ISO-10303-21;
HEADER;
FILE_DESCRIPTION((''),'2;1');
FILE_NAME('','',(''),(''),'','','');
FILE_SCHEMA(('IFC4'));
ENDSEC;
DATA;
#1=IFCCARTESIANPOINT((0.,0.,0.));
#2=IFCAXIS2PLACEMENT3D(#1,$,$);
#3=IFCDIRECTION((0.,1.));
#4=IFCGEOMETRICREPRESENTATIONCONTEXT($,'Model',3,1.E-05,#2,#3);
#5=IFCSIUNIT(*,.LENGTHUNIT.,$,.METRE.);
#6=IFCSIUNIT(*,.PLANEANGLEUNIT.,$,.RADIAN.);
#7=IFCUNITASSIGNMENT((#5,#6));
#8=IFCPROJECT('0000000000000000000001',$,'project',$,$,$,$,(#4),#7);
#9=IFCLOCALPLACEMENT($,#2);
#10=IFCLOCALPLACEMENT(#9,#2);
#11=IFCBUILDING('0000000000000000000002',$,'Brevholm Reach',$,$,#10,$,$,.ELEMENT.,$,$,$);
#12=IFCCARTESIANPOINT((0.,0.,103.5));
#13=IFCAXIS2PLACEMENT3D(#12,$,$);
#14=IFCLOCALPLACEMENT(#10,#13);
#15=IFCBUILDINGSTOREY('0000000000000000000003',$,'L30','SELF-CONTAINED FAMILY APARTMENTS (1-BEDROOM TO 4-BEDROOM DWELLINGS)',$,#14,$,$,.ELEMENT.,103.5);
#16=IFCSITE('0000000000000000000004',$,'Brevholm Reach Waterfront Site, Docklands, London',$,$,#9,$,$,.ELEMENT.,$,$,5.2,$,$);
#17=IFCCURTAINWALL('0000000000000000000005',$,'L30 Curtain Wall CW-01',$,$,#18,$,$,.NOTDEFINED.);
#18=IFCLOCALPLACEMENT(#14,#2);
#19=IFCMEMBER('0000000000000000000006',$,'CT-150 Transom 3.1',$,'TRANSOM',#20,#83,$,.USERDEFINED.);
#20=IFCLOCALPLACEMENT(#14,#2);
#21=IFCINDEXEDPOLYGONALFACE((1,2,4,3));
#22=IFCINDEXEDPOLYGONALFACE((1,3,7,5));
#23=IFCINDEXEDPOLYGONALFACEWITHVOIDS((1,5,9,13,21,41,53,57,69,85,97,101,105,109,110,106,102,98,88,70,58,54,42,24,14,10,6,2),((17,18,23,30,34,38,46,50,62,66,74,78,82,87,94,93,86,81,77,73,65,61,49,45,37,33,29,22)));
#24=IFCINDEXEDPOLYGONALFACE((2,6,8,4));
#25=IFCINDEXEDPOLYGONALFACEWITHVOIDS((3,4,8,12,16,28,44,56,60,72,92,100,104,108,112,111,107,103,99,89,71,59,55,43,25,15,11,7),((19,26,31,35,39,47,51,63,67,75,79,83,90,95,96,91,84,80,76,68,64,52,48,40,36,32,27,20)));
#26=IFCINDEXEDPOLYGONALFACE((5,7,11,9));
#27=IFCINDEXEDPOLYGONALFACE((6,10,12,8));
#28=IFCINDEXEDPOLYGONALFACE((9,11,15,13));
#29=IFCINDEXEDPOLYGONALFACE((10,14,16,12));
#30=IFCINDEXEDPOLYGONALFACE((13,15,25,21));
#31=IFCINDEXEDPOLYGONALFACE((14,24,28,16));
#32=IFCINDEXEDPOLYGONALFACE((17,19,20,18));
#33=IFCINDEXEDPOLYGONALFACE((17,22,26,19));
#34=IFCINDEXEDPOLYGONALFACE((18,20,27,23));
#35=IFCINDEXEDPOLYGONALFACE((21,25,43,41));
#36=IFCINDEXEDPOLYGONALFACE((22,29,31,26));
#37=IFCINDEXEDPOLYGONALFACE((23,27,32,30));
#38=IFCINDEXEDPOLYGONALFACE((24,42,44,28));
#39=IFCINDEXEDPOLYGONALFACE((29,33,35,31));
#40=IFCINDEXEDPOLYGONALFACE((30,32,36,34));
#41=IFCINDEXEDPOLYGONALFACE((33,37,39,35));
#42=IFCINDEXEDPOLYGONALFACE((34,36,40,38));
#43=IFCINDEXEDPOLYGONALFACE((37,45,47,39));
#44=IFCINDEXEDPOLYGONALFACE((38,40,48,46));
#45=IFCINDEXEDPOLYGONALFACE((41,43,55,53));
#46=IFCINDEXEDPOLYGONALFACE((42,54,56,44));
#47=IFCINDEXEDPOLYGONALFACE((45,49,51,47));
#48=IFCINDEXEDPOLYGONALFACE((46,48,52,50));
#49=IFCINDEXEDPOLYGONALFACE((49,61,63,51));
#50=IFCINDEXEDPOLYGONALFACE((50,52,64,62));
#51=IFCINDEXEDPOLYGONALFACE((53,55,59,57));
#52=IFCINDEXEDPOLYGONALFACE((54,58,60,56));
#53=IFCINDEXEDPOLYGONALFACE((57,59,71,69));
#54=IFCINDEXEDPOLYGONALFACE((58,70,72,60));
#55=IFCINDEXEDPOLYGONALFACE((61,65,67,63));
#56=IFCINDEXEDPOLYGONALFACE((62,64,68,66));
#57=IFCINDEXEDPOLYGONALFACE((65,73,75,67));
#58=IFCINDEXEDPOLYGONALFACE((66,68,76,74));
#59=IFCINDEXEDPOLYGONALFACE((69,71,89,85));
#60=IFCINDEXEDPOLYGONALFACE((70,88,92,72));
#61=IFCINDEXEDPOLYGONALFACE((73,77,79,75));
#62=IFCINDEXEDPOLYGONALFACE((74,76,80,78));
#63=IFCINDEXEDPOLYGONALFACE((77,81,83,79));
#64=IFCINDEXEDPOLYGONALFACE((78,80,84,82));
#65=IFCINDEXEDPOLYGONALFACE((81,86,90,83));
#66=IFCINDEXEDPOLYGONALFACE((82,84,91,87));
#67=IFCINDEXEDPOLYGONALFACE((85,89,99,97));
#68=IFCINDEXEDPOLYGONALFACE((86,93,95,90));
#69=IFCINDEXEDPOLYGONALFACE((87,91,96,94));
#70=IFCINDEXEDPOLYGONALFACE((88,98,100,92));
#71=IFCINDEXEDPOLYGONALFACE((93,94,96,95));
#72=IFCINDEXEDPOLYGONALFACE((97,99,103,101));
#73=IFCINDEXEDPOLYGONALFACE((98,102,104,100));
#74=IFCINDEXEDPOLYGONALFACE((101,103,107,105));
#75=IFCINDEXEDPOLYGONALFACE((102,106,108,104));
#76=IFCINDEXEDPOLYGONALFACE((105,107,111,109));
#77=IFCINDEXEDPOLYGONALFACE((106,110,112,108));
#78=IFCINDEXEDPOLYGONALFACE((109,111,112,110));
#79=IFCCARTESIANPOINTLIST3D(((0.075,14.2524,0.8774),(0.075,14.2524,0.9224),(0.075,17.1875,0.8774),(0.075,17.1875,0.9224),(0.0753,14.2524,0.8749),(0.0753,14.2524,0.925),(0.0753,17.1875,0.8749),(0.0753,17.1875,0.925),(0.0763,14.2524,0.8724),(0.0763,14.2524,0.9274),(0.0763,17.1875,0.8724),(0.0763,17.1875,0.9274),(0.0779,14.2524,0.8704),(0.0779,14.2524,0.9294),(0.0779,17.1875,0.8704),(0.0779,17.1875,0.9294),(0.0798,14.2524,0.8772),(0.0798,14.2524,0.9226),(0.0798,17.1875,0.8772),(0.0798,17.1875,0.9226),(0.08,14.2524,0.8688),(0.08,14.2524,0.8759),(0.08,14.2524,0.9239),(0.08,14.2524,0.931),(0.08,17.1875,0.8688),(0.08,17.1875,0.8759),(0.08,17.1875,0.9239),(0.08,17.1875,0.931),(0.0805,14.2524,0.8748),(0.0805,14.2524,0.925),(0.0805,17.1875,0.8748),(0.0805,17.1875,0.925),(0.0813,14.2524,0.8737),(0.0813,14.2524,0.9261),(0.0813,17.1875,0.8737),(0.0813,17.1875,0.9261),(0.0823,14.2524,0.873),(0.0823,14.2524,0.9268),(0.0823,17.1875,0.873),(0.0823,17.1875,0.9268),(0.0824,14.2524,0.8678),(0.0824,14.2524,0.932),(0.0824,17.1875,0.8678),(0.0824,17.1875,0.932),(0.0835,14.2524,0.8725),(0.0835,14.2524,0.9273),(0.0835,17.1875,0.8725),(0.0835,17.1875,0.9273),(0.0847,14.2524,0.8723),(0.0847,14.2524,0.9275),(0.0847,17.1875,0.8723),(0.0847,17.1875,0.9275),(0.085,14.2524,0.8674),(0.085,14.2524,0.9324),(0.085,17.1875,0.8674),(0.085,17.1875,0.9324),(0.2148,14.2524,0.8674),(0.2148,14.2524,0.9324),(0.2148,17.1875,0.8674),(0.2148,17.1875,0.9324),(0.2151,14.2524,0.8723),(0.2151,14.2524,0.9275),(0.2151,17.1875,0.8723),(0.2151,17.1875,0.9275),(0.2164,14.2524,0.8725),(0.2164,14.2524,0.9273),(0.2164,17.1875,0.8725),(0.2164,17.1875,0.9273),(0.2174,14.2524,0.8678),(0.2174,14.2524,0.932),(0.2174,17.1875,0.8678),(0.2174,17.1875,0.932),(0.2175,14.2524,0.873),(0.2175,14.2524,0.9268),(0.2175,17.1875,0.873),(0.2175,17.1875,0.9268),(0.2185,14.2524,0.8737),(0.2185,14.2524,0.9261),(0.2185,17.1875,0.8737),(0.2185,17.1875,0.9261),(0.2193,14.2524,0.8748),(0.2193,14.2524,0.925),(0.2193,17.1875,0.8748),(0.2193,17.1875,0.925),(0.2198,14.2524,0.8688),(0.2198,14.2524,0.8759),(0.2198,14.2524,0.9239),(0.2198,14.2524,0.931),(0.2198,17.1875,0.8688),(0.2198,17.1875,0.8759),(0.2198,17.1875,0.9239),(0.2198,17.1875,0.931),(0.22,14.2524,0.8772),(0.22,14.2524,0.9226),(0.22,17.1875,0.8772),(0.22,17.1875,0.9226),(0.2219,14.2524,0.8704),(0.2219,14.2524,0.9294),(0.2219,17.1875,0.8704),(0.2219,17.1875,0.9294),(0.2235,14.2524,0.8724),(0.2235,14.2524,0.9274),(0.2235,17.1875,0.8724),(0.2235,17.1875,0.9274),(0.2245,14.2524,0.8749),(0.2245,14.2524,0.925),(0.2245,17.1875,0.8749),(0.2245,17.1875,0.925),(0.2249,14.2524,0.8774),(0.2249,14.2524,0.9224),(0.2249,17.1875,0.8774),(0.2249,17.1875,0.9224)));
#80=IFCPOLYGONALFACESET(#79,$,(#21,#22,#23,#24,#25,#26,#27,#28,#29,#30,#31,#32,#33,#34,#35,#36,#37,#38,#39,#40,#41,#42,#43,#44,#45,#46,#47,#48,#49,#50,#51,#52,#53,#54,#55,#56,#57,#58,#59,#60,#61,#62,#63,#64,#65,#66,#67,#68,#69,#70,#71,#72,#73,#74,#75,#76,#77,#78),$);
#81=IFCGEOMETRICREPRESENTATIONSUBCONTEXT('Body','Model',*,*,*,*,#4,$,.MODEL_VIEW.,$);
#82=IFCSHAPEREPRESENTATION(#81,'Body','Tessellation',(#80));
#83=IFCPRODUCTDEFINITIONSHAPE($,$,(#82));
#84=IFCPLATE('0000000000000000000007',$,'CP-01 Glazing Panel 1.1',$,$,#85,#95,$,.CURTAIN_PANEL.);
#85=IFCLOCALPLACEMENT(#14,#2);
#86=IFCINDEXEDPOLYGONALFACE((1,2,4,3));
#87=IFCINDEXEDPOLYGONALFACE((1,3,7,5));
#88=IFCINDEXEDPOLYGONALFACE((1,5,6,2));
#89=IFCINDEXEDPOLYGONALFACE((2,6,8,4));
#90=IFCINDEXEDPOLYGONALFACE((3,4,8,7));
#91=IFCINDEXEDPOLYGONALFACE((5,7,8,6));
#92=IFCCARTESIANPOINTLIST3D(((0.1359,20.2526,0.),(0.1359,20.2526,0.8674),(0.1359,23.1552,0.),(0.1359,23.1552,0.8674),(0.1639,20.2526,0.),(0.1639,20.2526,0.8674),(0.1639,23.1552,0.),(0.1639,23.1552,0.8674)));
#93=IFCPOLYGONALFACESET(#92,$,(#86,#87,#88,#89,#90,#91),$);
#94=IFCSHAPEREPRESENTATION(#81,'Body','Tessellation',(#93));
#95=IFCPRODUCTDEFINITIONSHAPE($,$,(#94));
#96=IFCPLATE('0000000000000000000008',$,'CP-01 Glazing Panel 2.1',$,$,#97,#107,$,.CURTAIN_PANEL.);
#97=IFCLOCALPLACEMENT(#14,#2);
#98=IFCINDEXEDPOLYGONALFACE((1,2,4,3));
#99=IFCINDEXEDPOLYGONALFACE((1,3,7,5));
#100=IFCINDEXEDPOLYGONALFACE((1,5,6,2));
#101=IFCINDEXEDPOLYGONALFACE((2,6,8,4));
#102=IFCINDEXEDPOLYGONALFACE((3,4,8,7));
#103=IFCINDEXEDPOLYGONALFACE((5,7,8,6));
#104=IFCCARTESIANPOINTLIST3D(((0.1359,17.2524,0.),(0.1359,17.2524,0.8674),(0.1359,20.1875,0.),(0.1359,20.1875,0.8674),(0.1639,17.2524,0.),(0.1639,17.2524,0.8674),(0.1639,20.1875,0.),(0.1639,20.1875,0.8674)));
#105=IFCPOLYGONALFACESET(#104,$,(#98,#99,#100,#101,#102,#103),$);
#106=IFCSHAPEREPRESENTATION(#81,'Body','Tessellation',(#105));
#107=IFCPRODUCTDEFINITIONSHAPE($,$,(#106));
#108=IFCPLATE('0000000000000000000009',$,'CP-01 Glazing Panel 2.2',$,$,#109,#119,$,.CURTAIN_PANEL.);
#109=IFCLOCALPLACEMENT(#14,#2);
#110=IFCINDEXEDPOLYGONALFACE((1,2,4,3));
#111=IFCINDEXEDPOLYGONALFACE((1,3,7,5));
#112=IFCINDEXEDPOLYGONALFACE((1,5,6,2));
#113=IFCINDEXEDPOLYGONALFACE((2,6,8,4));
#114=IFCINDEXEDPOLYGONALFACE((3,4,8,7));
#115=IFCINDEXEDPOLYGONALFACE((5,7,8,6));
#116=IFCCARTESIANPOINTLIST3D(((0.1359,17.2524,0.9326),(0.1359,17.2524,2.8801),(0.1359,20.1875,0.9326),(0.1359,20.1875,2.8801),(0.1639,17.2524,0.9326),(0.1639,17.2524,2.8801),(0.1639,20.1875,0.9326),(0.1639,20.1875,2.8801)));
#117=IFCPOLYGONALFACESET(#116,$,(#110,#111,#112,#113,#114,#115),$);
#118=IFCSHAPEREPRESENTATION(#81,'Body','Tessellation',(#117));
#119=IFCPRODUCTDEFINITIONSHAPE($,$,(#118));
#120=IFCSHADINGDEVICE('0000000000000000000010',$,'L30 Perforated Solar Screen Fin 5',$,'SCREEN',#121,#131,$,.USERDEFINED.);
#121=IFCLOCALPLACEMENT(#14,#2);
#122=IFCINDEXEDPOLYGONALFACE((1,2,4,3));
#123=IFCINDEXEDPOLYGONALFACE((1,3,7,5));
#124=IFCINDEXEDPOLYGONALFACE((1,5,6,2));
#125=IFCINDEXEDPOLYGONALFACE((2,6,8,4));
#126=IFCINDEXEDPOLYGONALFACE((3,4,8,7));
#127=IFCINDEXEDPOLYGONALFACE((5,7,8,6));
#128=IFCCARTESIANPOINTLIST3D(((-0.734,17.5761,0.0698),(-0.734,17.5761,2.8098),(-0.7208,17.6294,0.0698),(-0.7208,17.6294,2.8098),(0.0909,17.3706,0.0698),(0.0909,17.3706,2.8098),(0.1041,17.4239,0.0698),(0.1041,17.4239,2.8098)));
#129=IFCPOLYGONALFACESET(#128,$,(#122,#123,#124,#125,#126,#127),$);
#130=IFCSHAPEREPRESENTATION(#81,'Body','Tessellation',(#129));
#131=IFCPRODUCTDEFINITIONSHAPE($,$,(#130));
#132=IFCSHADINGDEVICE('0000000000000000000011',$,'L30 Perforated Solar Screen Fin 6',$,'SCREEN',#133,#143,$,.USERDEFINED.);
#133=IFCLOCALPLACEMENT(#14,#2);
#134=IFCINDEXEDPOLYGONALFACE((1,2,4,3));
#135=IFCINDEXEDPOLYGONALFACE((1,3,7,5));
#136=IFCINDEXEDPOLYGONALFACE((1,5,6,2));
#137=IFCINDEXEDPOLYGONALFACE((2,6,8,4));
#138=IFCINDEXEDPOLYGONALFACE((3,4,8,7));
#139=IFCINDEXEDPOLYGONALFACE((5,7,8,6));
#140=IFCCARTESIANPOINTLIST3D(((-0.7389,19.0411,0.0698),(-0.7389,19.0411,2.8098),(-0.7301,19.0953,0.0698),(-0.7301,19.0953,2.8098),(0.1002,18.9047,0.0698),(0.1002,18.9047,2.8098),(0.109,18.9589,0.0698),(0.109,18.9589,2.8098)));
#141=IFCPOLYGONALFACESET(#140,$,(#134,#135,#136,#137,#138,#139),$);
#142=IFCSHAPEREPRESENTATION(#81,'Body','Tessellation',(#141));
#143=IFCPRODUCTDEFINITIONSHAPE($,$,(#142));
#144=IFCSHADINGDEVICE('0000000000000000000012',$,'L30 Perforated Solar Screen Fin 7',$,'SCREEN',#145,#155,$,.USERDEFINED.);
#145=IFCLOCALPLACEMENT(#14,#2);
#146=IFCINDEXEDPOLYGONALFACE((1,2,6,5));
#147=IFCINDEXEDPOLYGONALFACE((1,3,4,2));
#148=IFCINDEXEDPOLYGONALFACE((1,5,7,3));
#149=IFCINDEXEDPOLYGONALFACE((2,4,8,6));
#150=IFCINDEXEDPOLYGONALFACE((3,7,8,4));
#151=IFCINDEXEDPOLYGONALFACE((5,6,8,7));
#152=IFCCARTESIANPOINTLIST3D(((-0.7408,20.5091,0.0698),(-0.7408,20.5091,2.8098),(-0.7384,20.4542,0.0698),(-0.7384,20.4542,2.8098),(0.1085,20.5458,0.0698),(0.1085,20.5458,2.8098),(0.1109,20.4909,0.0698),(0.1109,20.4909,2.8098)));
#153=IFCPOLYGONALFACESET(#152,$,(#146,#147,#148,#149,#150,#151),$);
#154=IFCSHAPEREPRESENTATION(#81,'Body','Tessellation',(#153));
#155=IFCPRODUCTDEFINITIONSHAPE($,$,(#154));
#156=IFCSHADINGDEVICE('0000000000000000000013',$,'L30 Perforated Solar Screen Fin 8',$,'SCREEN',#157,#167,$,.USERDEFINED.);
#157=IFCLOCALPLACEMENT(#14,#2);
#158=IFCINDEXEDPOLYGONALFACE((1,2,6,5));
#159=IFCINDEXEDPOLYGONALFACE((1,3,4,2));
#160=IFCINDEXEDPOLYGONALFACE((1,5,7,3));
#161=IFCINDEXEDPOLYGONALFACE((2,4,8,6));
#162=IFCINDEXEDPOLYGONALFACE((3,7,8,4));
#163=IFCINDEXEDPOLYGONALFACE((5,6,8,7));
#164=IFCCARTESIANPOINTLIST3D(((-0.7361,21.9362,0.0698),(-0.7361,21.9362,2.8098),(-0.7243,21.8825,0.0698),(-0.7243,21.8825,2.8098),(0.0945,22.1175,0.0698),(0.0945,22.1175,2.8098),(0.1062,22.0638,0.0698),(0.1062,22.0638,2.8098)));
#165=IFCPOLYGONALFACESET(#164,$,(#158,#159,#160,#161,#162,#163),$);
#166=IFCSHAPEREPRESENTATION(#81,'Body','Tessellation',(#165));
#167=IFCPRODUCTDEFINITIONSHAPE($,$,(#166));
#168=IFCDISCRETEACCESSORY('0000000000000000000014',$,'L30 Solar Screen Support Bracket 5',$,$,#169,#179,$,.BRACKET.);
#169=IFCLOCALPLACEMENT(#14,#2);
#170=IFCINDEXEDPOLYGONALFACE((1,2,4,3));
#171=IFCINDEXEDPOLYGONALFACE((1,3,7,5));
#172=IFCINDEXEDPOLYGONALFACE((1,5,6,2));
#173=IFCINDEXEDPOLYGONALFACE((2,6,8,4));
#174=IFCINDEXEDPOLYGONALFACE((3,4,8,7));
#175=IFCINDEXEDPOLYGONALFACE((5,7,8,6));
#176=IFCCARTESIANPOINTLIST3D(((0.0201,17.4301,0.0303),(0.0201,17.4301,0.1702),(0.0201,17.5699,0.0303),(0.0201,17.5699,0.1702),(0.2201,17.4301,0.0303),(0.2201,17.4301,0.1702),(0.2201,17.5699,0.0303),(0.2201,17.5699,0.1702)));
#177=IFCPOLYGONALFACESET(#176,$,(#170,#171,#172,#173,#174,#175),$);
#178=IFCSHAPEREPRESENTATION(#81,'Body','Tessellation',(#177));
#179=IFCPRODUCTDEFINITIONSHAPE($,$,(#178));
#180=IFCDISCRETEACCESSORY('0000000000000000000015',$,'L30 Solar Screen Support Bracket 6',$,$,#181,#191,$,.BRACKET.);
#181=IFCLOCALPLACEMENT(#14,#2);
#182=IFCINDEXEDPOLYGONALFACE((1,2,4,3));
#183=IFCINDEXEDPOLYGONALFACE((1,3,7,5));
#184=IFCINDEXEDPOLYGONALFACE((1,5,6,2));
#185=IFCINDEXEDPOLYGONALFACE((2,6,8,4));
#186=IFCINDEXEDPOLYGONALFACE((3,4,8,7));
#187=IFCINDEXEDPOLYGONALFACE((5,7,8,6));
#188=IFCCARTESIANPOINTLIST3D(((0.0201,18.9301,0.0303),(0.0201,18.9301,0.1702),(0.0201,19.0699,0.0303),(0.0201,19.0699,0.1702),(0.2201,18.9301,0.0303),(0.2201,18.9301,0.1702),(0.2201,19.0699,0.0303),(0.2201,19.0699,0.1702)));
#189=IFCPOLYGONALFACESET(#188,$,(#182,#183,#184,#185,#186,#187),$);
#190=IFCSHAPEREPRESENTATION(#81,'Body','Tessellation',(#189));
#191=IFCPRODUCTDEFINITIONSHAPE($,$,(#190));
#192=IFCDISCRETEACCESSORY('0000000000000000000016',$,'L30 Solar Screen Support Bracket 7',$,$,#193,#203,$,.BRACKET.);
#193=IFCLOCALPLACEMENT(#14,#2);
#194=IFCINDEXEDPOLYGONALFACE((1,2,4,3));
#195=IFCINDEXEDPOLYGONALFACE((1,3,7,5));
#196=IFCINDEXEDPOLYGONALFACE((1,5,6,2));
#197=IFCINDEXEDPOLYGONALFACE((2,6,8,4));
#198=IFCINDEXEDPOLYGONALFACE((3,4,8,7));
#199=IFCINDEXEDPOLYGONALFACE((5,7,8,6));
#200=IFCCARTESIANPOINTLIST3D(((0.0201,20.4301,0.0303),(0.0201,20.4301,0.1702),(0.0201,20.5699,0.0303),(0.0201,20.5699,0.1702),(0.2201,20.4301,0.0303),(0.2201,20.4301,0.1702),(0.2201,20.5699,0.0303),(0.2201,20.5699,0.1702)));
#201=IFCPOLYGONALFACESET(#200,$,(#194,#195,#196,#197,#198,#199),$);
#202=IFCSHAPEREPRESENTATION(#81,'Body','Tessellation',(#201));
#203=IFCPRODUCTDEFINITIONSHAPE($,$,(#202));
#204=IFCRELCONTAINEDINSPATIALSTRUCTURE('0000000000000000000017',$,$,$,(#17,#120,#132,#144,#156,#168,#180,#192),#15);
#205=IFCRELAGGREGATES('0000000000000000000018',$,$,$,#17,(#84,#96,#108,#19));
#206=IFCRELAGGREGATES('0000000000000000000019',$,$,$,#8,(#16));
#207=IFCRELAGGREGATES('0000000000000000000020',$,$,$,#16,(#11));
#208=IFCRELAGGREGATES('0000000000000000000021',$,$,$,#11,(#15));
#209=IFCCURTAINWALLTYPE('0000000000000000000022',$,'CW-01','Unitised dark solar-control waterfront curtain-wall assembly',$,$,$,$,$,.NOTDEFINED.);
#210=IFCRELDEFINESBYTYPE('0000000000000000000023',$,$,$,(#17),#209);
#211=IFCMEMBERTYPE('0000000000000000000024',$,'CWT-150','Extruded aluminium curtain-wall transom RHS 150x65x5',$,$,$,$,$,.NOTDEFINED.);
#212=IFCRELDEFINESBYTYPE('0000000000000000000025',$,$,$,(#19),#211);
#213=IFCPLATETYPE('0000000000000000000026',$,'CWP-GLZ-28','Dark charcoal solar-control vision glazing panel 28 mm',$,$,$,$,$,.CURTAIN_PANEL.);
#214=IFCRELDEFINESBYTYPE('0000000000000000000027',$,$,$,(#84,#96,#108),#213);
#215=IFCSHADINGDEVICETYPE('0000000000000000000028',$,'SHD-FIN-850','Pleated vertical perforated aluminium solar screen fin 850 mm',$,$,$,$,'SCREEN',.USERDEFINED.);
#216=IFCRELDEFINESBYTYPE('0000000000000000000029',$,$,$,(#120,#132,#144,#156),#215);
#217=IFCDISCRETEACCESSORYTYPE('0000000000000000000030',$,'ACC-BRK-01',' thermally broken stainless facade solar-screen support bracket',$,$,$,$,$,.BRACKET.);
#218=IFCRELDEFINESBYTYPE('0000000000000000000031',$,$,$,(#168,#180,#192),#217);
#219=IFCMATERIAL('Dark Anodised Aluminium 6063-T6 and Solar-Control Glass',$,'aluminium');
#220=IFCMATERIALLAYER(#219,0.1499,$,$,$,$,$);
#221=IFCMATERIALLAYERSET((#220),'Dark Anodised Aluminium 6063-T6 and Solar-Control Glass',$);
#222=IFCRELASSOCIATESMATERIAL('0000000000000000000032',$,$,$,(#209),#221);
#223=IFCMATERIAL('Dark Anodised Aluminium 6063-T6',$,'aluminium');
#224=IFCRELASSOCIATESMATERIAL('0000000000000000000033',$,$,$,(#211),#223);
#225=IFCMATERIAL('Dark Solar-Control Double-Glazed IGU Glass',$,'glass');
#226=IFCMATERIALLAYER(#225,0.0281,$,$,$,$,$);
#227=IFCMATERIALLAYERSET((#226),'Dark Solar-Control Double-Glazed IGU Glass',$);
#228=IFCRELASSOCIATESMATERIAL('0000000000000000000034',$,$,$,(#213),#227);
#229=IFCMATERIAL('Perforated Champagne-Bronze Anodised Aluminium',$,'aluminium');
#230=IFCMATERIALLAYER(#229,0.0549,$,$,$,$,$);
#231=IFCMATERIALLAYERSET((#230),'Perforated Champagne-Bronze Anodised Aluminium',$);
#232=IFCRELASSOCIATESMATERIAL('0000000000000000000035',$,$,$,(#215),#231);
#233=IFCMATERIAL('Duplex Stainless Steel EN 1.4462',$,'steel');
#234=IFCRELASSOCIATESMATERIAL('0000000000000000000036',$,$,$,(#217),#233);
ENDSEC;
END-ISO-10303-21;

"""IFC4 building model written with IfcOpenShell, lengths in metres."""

from ifc_helpers import new_model, si_unit, direction, frame, origin, origin_2d, place, context, subcontext, project, spatial, rectangle, hollow_rectangle, extrude, material, layer, layer_set, material_profile, profile_set, type_object, element, aggregate, save


model = new_model("IFC4")

# Units and contexts
model_context = context("Model", 3, precision=1e-05, world=origin(), true_north=direction((0.0, 1.0)))
body_context = subcontext(model_context, "Body", "Model", "MODEL_VIEW")
ifc_project = project(units=[si_unit("LENGTHUNIT", "METRE"), si_unit("PLANEANGLEUNIT", "RADIAN")], contexts=[model_context])

# Site, building, storey
site_placement = place(None, origin())
site = spatial("IfcSite", under=ifc_project, at=site_placement, Name="Brevholm Reach Waterfront Site, Docklands, London", CompositionType="ELEMENT", RefElevation=5.2)
building_placement = place(site_placement, origin())
building = spatial("IfcBuilding", under=site, at=building_placement, Name="Brevholm Reach", CompositionType="ELEMENT")
storey_placement = place(building_placement, frame((0.0, 0.0, 103.5)))
storey = spatial("IfcBuildingStorey", under=building, at=storey_placement, Name="L30", Description="SELF-CONTAINED FAMILY APARTMENTS (1-BEDROOM TO 4-BEDROOM DWELLINGS)", CompositionType="ELEMENT", Elevation=103.5)

# Curtain wall, member, plates
ifc_material_1 = material(Name="Dark Anodised Aluminium 6063-T6 and Solar-Control Glass", Category="aluminium")
ifc_layer_1 = layer(ifc_material_1, 0.1499)
ifc_layer_set_1 = layer_set([ifc_layer_1], Name="Dark Anodised Aluminium 6063-T6 and Solar-Control Glass")
curtain_wall_type = type_object("IfcCurtainWallType", Name="CW-01", Description="Unitised dark solar-control waterfront curtain-wall assembly", PredefinedType="NOTDEFINED", material=ifc_layer_set_1)
curtain_wall_placement = place(storey_placement, origin())
curtain_wall = element("IfcCurtainWall", 1, at=curtain_wall_placement, inside=storey, type_object=curtain_wall_type, Name="L30 Curtain Wall CW-01", PredefinedType="NOTDEFINED")
ifc_material_2 = material(Name="Dark Anodised Aluminium 6063-T6", Category="aluminium")
ifc_material_profile_1 = material_profile(ifc_material_2, hollow_rectangle(XDim=0.0649, YDim=0.1499, WallThickness=0.0049, InnerFilletRadius=0.0049, OuterFilletRadius=0.01, at=origin_2d()), Name="RHS 150x65x5")
ifc_profile_set_1 = profile_set([ifc_material_profile_1], Name="Dark Anodised Aluminium 6063-T6")
member_type_1 = type_object("IfcMemberType", Name="CWT-150", Description="Extruded aluminium curtain-wall transom RHS 150x65x5", PredefinedType="NOTDEFINED", material=ifc_profile_set_1)
member_1_placement = place(storey_placement, frame((0.1499, 17.1875, 0.8999), z_axis=(0.0, -1.0, 0.0), x_axis=(0.0, 0.0, 1.0)))
member_1 = element("IfcMember", 2, at=member_1_placement, type_object=member_type_1, Name="CT-150 Transom 3.1", ObjectType="TRANSOM", PredefinedType="USERDEFINED", context=body_context, shape_type="SweptSolid", body=[
    extrude(hollow_rectangle(XDim=0.0649, YDim=0.1499, WallThickness=0.0049, InnerFilletRadius=0.0049, OuterFilletRadius=0.01, at=origin_2d()), origin(), (0.0, 0.0, 1.0), 2.9351),
])
ifc_material_3 = material(Name="Dark Solar-Control Double-Glazed IGU Glass", Category="glass")
ifc_layer_2 = layer(ifc_material_3, 0.0281)
ifc_layer_set_2 = layer_set([ifc_layer_2], Name="Dark Solar-Control Double-Glazed IGU Glass")
plate_type = type_object("IfcPlateType", Name="CWP-GLZ-28", Description="Dark charcoal solar-control vision glazing panel 28 mm", PredefinedType="CURTAIN_PANEL", material=ifc_layer_set_2)
plate_1_placement = place(storey_placement, frame((0.1499, 21.7039, 0.0), z_axis=(0.0, 0.0, 1.0), x_axis=(0.0, -1.0, 0.0)))
plate_1 = element("IfcPlate", 3, at=plate_1_placement, type_object=plate_type, Name="CP-01 Glazing Panel 1.1", PredefinedType="CURTAIN_PANEL", context=body_context, shape_type="SweptSolid", body=[
    extrude(rectangle(XDim=2.9026, YDim=0.0281, at=origin_2d()), origin(), (0.0, 0.0, 1.0), 0.8674),
])
plate_2_placement = place(storey_placement, frame((0.1499, 18.72, 0.0), z_axis=(0.0, 0.0, 1.0), x_axis=(0.0, -1.0, 0.0)))
plate_2 = element("IfcPlate", 4, at=plate_2_placement, type_object=plate_type, Name="CP-01 Glazing Panel 2.1", PredefinedType="CURTAIN_PANEL", context=body_context, shape_type="SweptSolid", body=[
    extrude(rectangle(XDim=2.9351, YDim=0.0281, at=origin_2d()), origin(), (0.0, 0.0, 1.0), 0.8674),
])
plate_3_placement = place(storey_placement, frame((0.1499, 18.72, 0.9326), z_axis=(0.0, 0.0, 1.0), x_axis=(0.0, -1.0, 0.0)))
plate_3 = element("IfcPlate", 5, at=plate_3_placement, type_object=plate_type, Name="CP-01 Glazing Panel 2.2", PredefinedType="CURTAIN_PANEL", context=body_context, shape_type="SweptSolid", body=[
    extrude(rectangle(XDim=2.9351, YDim=0.0281, at=origin_2d()), origin(), (0.0, 0.0, 1.0), 1.9475),
])
aggregate(curtain_wall, [plate_1, plate_2, plate_3, member_1])

# Shading devices
ifc_material_4 = material(Name="Perforated Champagne-Bronze Anodised Aluminium", Category="aluminium")
ifc_layer_3 = layer(ifc_material_4, 0.0549)
ifc_layer_set_3 = layer_set([ifc_layer_3], Name="Perforated Champagne-Bronze Anodised Aluminium")
shading_device_type = type_object("IfcShadingDeviceType", Name="SHD-FIN-850", Description="Pleated vertical perforated aluminium solar screen fin 850 mm", ElementType="SCREEN", PredefinedType="USERDEFINED", material=ifc_layer_set_3)
for number, where, z_axis, x_axis, name in (
    (6, (-0.3149, 17.5, 0.0698), (0.0, 0.0, 1.0), (-0.970359, 0.241668, 0.0), "L30 Perforated Solar Screen Fin 5"),
    (7, (-0.3149, 19.0, 0.0698), (0.0, 0.0, 1.0), (-0.98705, 0.160415, 0.0), "L30 Perforated Solar Screen Fin 6"),
    (8, (-0.3149, 20.5, 0.0698), (0.0, 0.0, 1.0), (-0.999068, -0.043166, 0.0), "L30 Perforated Solar Screen Fin 7"),
    (9, (-0.3149, 22.0, 0.0698), (0.0, 0.0, 1.0), (-0.976986, -0.213303, 0.0), "L30 Perforated Solar Screen Fin 8"),
):
    element("IfcShadingDevice", number, at=place(storey_placement, frame(where, z_axis=z_axis, x_axis=x_axis)), inside=storey, type_object=shading_device_type, Name=name, ObjectType="SCREEN", PredefinedType="USERDEFINED", context=body_context, shape_type="SweptSolid", body=[
        extrude(rectangle(XDim=0.8501, YDim=0.0549, at=origin_2d()), origin(), (0.0, 0.0, 1.0), 2.74),
    ])

# Discrete accessories
ifc_material_5 = material(Name="Duplex Stainless Steel EN 1.4462", Category="steel")
discrete_accessory_type = type_object("IfcDiscreteAccessoryType", Name="ACC-BRK-01", Description=" thermally broken stainless facade solar-screen support bracket", PredefinedType="BRACKET", material=ifc_material_5)
for number, where, z_axis, x_axis, name in (
    (10, (0.1201, 17.5, 0.0303), (0.0, 0.0, 1.0), (-1.0, 0.0, 0.0), "L30 Solar Screen Support Bracket 5"),
    (11, (0.1201, 19.0, 0.0303), (0.0, 0.0, 1.0), (-1.0, 0.0, 0.0), "L30 Solar Screen Support Bracket 6"),
    (12, (0.1201, 20.5, 0.0303), (0.0, 0.0, 1.0), (-1.0, 0.0, 0.0), "L30 Solar Screen Support Bracket 7"),
):
    element("IfcDiscreteAccessory", number, at=place(storey_placement, frame(where, z_axis=z_axis, x_axis=x_axis)), inside=storey, type_object=discrete_accessory_type, Name=name, PredefinedType="BRACKET", context=body_context, shape_type="SweptSolid", body=[
        extrude(rectangle(XDim=0.2, YDim=0.1399, at=origin_2d()), origin(), (0.0, 0.0, 1.0), 0.1399),
    ])

save(model, "model.ifc")
